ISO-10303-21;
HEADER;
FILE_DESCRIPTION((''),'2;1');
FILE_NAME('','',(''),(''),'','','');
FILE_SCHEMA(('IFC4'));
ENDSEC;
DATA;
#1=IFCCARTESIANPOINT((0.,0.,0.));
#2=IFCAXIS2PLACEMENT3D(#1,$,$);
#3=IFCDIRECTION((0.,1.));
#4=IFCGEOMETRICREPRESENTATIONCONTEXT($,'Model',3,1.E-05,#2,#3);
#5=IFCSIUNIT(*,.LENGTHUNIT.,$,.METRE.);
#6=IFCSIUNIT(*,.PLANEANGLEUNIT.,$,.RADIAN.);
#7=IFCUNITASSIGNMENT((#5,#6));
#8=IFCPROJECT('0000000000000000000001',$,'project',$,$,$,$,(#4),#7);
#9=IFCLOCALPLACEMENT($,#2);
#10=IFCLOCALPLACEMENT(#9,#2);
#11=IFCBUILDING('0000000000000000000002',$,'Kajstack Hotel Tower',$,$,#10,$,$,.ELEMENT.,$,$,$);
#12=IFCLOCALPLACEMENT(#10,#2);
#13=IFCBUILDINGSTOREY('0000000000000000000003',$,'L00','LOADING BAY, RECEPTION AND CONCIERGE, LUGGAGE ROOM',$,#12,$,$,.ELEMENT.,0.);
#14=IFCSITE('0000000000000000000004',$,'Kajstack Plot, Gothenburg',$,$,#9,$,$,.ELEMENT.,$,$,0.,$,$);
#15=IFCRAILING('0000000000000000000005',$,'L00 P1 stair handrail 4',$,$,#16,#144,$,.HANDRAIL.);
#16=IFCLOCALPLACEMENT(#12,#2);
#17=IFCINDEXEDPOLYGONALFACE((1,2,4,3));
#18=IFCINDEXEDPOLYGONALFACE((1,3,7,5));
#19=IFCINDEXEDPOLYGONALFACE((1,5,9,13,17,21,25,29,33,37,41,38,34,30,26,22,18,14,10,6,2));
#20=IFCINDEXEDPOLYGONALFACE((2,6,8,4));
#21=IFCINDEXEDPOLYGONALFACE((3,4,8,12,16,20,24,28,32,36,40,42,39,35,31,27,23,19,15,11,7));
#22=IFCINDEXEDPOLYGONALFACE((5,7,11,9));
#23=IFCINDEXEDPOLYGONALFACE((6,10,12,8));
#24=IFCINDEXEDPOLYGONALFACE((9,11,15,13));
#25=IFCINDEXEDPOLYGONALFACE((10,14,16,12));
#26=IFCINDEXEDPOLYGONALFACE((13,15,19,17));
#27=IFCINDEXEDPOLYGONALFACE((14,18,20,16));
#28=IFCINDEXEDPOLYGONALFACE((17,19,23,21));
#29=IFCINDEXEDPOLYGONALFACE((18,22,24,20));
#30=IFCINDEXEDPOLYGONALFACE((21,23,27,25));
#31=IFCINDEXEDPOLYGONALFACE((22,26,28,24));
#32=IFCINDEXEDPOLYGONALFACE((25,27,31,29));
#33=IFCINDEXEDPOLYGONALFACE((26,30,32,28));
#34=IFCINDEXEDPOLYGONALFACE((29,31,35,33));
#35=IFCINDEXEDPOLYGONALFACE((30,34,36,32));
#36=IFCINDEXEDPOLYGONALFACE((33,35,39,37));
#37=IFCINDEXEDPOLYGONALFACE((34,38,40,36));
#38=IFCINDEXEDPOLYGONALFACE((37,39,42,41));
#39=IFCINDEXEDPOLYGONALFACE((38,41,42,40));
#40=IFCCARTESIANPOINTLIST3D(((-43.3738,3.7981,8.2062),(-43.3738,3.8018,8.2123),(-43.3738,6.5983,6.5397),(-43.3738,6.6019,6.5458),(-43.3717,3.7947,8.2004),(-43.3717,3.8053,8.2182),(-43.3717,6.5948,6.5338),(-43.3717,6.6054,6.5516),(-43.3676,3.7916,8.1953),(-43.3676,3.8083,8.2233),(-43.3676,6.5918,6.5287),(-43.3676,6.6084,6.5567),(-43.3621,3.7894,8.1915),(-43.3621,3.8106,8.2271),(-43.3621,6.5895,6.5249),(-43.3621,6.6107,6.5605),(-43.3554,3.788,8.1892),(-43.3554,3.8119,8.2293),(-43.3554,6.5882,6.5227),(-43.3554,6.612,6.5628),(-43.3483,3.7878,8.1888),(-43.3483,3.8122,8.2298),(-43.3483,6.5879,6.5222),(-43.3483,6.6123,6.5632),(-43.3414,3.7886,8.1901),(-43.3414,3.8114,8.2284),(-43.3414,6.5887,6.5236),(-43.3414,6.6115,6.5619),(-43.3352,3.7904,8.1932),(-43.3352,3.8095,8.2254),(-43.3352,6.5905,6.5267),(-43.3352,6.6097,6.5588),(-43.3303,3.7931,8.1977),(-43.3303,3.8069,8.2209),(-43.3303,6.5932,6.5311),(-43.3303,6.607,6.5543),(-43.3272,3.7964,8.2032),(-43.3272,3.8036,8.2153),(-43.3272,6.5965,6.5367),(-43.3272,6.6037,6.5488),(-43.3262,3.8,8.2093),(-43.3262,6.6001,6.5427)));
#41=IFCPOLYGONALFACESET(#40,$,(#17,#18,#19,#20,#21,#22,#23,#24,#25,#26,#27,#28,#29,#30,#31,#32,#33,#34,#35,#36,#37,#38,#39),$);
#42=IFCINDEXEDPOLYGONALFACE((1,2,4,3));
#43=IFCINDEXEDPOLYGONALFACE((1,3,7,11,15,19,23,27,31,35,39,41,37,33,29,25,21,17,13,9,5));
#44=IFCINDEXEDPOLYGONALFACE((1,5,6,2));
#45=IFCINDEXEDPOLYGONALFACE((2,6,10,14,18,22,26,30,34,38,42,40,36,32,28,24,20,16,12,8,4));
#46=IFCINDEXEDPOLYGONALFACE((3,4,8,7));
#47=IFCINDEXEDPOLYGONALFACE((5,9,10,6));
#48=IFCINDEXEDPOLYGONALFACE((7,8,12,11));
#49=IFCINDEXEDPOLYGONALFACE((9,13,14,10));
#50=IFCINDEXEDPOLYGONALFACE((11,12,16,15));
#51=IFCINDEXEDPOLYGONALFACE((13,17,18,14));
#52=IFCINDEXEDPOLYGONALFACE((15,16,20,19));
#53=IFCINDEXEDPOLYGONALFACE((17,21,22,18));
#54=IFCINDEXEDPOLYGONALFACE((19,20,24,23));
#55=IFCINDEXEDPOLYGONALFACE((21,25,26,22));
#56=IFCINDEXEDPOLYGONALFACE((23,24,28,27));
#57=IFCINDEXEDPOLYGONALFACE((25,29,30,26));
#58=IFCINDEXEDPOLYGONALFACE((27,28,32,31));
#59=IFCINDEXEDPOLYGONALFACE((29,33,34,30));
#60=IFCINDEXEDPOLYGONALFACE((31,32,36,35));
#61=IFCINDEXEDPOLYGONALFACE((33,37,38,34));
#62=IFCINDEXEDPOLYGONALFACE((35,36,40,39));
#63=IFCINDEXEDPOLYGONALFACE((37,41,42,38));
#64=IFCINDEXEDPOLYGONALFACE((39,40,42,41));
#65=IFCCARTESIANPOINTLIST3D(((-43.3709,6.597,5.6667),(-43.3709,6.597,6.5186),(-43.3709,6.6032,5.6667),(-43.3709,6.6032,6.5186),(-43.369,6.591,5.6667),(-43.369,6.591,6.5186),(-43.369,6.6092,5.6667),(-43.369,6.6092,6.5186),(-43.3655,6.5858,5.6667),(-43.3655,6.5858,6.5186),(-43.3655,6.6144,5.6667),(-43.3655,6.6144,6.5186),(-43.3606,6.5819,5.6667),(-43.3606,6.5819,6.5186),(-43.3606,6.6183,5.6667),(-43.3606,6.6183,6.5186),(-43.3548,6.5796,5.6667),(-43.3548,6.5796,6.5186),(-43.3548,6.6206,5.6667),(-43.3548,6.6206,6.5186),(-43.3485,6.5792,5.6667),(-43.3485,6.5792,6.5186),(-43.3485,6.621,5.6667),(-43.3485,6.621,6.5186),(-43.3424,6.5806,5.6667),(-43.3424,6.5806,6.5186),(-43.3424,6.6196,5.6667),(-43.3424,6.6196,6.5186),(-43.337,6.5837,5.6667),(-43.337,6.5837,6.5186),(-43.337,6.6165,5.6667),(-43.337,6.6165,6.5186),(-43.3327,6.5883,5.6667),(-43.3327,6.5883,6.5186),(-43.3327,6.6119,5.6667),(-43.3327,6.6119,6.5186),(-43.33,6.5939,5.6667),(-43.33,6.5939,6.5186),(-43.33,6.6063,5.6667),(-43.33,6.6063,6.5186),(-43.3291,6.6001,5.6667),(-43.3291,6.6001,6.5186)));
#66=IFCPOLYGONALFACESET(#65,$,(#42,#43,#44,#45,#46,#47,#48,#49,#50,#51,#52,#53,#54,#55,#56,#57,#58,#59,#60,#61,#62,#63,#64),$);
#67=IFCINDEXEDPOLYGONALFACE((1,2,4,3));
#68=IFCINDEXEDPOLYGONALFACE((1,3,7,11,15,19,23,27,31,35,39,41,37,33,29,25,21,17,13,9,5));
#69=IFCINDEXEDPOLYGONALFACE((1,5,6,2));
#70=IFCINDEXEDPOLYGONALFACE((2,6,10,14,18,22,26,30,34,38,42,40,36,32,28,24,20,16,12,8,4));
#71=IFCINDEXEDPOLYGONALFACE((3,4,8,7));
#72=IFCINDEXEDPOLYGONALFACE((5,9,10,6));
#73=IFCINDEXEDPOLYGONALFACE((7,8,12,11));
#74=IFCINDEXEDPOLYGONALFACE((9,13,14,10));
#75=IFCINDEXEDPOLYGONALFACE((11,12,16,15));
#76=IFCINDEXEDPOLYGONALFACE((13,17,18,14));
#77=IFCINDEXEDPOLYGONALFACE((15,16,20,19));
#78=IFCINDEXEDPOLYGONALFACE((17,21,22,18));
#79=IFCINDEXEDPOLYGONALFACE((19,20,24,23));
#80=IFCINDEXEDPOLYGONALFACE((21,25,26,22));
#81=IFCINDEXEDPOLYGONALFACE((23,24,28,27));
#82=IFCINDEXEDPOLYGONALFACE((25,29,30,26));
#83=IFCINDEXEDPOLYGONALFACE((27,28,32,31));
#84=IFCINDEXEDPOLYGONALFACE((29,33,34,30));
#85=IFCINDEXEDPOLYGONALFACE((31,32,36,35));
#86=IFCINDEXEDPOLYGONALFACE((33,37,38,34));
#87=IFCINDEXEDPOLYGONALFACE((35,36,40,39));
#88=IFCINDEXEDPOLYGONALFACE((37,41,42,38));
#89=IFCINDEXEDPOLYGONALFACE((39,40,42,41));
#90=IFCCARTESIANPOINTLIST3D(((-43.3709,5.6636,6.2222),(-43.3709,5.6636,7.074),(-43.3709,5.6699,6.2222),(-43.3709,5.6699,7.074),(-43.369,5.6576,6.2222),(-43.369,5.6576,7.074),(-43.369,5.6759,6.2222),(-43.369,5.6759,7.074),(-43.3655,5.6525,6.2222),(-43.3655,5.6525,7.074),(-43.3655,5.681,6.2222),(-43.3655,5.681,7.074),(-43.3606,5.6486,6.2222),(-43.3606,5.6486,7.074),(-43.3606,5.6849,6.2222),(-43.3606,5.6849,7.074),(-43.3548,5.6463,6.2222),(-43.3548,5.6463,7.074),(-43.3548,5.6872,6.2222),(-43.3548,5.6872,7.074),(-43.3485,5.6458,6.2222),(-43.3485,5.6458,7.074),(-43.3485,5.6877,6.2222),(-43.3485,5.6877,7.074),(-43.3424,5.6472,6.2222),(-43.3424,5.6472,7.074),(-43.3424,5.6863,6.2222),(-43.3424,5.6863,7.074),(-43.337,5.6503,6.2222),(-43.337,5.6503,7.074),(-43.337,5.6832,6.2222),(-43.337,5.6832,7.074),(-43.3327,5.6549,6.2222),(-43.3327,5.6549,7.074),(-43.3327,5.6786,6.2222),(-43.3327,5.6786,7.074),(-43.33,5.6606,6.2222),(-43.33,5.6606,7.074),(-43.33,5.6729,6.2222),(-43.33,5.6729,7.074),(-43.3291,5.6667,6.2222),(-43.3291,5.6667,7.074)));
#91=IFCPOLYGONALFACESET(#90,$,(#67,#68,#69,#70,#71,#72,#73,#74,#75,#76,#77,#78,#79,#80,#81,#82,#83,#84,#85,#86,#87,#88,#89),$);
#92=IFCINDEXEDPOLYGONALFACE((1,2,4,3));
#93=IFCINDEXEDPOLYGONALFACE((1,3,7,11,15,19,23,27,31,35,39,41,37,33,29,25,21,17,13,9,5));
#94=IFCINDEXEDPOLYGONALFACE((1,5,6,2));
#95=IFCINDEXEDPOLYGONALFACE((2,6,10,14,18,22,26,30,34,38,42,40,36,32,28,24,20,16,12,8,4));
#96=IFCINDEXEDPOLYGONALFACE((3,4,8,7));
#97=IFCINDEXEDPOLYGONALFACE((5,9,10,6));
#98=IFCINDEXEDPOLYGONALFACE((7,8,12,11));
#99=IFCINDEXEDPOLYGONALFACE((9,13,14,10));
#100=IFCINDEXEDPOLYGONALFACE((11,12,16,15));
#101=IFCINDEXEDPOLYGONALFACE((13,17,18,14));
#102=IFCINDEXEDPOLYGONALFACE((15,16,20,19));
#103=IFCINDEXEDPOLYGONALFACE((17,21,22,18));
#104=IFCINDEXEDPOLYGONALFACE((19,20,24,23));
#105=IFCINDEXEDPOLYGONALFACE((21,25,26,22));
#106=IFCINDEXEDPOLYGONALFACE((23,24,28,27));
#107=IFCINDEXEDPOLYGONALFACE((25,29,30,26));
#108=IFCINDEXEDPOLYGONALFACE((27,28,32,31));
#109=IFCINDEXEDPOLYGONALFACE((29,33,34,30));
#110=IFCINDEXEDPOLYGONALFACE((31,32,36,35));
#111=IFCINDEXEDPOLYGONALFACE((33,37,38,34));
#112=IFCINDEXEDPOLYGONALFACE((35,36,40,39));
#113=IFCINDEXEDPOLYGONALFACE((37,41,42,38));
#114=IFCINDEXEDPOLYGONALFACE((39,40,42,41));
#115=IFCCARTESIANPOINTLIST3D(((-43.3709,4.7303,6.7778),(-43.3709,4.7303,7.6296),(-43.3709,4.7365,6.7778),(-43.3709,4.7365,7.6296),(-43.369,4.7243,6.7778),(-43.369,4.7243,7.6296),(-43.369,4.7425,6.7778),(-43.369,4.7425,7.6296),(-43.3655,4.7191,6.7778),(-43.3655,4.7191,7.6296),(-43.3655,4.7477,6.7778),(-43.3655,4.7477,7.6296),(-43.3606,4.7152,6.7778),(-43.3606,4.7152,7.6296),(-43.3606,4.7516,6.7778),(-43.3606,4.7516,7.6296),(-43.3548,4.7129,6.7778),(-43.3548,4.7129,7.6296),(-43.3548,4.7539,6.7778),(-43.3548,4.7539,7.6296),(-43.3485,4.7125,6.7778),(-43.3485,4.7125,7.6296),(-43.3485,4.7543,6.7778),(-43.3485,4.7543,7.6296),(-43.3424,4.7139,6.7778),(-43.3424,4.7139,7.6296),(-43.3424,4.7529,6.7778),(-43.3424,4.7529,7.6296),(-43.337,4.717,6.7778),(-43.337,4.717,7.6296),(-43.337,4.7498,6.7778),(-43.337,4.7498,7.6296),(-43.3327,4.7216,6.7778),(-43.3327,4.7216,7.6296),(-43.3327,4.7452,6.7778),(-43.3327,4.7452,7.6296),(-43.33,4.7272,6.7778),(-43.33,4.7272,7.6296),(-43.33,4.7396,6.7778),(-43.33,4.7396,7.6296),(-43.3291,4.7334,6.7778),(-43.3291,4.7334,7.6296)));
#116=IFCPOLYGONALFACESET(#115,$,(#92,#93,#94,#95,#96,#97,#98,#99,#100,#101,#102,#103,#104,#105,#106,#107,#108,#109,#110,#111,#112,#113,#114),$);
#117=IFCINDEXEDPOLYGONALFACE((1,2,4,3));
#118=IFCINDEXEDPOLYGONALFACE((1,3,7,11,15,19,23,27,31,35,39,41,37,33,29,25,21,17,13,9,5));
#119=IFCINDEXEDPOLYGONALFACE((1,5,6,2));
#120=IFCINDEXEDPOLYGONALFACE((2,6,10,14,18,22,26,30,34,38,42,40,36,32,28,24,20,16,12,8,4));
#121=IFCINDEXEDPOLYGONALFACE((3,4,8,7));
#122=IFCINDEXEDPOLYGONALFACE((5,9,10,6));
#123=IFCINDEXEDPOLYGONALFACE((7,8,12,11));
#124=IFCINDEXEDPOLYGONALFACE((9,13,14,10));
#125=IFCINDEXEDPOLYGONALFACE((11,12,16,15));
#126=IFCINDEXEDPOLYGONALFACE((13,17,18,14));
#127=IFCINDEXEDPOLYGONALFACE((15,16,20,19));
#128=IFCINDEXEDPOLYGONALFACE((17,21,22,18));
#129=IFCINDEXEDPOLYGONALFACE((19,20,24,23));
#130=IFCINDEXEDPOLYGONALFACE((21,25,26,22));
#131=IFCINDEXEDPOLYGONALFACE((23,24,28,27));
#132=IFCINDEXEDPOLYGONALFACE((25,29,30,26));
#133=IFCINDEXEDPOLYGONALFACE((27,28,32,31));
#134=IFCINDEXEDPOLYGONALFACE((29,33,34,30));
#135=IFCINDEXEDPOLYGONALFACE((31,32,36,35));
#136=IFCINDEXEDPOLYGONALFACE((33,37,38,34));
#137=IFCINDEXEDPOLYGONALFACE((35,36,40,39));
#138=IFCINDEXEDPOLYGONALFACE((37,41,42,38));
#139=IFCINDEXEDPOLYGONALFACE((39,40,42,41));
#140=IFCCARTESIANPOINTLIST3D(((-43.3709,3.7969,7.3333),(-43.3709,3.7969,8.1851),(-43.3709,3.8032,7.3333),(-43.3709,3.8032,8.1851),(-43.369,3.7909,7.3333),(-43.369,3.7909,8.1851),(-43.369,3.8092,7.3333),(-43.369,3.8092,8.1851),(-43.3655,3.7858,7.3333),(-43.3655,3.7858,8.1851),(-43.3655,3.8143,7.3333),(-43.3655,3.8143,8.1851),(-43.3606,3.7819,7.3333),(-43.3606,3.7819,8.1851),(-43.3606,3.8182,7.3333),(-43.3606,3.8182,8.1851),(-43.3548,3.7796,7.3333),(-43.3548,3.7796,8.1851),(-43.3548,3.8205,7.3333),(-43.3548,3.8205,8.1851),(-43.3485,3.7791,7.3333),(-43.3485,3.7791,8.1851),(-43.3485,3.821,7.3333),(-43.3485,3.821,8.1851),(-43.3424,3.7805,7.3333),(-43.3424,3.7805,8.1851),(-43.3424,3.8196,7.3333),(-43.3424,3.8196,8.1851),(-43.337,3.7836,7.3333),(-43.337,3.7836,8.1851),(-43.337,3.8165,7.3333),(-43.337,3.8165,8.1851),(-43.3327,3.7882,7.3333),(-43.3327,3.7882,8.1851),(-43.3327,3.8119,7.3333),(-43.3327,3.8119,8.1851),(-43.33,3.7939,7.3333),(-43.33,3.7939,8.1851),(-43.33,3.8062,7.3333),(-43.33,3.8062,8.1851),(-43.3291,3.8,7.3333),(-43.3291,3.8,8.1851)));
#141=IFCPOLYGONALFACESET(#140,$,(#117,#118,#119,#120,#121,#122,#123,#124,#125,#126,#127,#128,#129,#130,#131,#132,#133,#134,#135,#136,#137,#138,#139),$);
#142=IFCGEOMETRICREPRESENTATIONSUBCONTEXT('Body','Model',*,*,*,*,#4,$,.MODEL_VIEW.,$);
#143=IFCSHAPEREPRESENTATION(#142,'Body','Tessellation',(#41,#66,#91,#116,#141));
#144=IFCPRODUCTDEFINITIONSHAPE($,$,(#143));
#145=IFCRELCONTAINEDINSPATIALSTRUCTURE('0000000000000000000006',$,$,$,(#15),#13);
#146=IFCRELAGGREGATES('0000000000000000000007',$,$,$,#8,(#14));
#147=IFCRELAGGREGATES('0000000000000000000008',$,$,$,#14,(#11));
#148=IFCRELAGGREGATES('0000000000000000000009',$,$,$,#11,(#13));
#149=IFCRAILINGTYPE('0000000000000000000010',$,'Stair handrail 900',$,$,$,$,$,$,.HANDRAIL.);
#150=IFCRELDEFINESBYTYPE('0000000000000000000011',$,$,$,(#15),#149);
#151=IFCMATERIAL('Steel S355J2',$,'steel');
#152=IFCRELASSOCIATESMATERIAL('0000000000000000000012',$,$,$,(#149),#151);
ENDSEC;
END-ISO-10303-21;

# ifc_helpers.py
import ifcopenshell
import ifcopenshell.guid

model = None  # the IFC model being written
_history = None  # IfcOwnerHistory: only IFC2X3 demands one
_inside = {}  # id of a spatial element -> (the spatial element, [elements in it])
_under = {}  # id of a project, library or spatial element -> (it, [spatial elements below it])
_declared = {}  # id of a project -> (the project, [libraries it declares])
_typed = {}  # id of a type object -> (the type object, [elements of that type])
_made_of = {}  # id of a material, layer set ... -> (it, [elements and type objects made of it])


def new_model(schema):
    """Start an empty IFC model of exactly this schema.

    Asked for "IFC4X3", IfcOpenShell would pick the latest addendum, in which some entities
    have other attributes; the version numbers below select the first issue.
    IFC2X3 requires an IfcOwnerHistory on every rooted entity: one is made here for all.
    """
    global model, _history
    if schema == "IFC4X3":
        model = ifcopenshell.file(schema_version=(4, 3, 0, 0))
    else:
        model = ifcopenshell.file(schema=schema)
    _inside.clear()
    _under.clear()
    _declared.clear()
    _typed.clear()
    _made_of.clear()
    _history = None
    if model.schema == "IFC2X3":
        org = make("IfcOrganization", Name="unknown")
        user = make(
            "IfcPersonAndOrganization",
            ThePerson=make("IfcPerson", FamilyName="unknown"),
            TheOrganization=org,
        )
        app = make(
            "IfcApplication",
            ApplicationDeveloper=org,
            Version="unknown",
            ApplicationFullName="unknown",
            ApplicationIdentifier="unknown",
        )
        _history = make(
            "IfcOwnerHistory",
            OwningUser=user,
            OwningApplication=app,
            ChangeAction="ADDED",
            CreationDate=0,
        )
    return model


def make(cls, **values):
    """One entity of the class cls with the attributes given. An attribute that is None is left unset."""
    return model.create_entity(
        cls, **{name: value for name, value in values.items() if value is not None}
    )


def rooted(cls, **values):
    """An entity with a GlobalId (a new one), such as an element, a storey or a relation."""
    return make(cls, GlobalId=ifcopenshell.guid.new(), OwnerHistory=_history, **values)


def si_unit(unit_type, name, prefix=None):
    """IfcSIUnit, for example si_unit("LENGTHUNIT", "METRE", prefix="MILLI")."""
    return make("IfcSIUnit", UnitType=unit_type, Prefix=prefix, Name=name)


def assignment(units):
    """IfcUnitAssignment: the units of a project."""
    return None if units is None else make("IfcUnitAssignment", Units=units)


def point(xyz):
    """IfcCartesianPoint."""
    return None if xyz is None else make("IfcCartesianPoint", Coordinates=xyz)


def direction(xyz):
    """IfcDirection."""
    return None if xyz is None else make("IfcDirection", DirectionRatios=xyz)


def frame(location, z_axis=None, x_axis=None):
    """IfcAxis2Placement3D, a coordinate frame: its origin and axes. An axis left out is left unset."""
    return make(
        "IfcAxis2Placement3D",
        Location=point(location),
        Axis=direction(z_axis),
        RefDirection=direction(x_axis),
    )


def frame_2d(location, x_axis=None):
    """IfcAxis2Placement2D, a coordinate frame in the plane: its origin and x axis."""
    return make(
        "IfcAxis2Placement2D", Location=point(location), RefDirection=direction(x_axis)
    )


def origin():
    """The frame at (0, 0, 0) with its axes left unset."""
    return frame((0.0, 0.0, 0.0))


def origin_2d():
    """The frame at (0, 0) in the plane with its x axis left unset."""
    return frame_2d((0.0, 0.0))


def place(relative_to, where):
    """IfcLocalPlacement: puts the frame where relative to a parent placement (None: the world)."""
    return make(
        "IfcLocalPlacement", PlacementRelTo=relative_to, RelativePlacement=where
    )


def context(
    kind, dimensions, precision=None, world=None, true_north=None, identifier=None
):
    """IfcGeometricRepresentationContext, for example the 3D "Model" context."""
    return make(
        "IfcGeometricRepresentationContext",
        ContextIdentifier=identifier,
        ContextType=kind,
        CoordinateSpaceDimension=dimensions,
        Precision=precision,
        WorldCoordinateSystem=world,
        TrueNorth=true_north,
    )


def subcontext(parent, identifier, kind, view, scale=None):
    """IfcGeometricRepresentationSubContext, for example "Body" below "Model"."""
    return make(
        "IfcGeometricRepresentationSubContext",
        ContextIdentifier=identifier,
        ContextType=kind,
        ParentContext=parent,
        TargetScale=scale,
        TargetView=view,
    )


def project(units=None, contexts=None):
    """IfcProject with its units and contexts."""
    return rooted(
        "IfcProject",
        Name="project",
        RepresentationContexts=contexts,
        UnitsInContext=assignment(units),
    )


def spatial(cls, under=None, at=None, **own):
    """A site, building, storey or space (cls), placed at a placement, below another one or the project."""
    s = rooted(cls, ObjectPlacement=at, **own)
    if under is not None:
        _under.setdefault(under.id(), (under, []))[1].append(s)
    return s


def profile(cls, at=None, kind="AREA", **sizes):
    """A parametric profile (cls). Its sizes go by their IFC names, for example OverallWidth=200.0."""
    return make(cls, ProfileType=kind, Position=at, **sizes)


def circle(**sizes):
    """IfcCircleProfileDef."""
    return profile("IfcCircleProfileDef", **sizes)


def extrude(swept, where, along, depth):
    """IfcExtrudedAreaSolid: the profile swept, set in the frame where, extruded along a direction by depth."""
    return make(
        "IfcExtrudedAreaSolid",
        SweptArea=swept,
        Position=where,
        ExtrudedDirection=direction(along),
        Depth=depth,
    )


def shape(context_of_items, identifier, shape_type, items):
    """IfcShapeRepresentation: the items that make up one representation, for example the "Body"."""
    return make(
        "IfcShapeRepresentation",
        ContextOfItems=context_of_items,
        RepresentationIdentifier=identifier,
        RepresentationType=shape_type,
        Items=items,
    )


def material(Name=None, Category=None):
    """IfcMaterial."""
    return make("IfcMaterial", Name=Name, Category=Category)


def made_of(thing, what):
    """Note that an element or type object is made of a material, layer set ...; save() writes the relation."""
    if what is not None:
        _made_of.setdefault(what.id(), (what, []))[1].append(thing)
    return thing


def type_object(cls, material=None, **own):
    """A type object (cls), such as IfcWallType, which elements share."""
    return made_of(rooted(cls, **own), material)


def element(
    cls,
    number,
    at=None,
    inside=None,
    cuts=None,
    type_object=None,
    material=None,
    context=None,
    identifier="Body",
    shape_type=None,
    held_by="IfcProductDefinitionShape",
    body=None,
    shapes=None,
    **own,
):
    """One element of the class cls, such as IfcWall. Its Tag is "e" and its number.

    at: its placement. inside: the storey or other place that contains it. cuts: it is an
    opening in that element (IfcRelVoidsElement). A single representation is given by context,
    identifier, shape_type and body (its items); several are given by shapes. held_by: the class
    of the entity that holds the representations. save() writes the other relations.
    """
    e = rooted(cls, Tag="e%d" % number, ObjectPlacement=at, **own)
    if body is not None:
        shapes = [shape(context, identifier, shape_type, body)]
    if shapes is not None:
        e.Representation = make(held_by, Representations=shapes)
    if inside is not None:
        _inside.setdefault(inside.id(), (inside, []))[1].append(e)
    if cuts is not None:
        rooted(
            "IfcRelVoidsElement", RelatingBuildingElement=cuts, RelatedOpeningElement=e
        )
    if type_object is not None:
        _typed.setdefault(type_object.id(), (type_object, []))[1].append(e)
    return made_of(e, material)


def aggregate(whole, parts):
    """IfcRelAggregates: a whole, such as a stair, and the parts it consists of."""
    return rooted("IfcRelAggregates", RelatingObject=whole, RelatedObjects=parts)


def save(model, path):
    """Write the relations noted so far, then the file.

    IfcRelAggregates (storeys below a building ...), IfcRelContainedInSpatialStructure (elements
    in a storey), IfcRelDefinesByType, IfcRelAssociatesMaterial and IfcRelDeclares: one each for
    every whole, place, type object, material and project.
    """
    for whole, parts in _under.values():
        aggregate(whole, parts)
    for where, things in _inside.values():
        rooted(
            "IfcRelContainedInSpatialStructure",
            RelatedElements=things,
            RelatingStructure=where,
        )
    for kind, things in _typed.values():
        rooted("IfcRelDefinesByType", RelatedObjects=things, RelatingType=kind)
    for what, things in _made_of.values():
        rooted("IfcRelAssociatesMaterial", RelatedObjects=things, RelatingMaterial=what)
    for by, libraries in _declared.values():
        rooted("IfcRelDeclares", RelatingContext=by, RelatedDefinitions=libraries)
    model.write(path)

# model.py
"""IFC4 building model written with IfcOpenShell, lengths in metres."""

from ifc_helpers import new_model, si_unit, direction, frame, origin, origin_2d, place, context, subcontext, project, spatial, circle, extrude, material, type_object, element, save


model = new_model("IFC4")

# Units and contexts
model_context = context("Model", 3, precision=1e-05, world=origin(), true_north=direction((0.0, 1.0)))
body_context = subcontext(model_context, "Body", "Model", "MODEL_VIEW")
ifc_project = project(units=[si_unit("LENGTHUNIT", "METRE"), si_unit("PLANEANGLEUNIT", "RADIAN")], contexts=[model_context])

# Site, building, storey
site_placement = place(None, origin())
site = spatial("IfcSite", under=ifc_project, at=site_placement, Name="Kajstack Plot, Gothenburg", CompositionType="ELEMENT", RefElevation=0.0)
building_placement = place(site_placement, origin())
building = spatial("IfcBuilding", under=site, at=building_placement, Name="Kajstack Hotel Tower", CompositionType="ELEMENT")
storey_placement = place(building_placement, origin())
storey = spatial("IfcBuildingStorey", under=building, at=storey_placement, Name="L00", Description="LOADING BAY, RECEPTION AND CONCIERGE, LUGGAGE ROOM", CompositionType="ELEMENT", Elevation=0.0)

# Railing
ifc_material_1 = material(Name="Steel S355J2", Category="steel")
railing_type_1 = type_object("IfcRailingType", Name="Stair handrail 900", PredefinedType="HANDRAIL", material=ifc_material_1)
railing_1_placement = place(storey_placement, frame((-43.3501, 6.6001, 5.6667)))
element("IfcRailing", 1, at=railing_1_placement, inside=storey, type_object=railing_type_1, Name="L00 P1 stair handrail 4", PredefinedType="HANDRAIL", context=body_context, shape_type="SweptSolid", body=[
    extrude(circle(Radius=0.0239, at=origin_2d()), frame((0.0, 0.0, 0.876), z_axis=(0.0, -0.859319, 0.51144), x_axis=(1.0, 0.0, 0.0)), (0.0, 0.0, 1.0), 3.2585),
    extrude(circle(Radius=0.021, at=origin_2d()), origin(), (0.0, 0.0, 1.0), 0.8518),
    extrude(circle(Radius=0.021, at=origin_2d()), frame((0.0, -0.9333, 0.5554)), (0.0, 0.0, 1.0), 0.8518),
    extrude(circle(Radius=0.021, at=origin_2d()), frame((0.0, -1.8667, 1.1111)), (0.0, 0.0, 1.0), 0.8518),
    extrude(circle(Radius=0.021, at=origin_2d()), frame((0.0, -2.8, 1.6665)), (0.0, 0.0, 1.0), 0.8518),
])

save(model, "model.ifc")
